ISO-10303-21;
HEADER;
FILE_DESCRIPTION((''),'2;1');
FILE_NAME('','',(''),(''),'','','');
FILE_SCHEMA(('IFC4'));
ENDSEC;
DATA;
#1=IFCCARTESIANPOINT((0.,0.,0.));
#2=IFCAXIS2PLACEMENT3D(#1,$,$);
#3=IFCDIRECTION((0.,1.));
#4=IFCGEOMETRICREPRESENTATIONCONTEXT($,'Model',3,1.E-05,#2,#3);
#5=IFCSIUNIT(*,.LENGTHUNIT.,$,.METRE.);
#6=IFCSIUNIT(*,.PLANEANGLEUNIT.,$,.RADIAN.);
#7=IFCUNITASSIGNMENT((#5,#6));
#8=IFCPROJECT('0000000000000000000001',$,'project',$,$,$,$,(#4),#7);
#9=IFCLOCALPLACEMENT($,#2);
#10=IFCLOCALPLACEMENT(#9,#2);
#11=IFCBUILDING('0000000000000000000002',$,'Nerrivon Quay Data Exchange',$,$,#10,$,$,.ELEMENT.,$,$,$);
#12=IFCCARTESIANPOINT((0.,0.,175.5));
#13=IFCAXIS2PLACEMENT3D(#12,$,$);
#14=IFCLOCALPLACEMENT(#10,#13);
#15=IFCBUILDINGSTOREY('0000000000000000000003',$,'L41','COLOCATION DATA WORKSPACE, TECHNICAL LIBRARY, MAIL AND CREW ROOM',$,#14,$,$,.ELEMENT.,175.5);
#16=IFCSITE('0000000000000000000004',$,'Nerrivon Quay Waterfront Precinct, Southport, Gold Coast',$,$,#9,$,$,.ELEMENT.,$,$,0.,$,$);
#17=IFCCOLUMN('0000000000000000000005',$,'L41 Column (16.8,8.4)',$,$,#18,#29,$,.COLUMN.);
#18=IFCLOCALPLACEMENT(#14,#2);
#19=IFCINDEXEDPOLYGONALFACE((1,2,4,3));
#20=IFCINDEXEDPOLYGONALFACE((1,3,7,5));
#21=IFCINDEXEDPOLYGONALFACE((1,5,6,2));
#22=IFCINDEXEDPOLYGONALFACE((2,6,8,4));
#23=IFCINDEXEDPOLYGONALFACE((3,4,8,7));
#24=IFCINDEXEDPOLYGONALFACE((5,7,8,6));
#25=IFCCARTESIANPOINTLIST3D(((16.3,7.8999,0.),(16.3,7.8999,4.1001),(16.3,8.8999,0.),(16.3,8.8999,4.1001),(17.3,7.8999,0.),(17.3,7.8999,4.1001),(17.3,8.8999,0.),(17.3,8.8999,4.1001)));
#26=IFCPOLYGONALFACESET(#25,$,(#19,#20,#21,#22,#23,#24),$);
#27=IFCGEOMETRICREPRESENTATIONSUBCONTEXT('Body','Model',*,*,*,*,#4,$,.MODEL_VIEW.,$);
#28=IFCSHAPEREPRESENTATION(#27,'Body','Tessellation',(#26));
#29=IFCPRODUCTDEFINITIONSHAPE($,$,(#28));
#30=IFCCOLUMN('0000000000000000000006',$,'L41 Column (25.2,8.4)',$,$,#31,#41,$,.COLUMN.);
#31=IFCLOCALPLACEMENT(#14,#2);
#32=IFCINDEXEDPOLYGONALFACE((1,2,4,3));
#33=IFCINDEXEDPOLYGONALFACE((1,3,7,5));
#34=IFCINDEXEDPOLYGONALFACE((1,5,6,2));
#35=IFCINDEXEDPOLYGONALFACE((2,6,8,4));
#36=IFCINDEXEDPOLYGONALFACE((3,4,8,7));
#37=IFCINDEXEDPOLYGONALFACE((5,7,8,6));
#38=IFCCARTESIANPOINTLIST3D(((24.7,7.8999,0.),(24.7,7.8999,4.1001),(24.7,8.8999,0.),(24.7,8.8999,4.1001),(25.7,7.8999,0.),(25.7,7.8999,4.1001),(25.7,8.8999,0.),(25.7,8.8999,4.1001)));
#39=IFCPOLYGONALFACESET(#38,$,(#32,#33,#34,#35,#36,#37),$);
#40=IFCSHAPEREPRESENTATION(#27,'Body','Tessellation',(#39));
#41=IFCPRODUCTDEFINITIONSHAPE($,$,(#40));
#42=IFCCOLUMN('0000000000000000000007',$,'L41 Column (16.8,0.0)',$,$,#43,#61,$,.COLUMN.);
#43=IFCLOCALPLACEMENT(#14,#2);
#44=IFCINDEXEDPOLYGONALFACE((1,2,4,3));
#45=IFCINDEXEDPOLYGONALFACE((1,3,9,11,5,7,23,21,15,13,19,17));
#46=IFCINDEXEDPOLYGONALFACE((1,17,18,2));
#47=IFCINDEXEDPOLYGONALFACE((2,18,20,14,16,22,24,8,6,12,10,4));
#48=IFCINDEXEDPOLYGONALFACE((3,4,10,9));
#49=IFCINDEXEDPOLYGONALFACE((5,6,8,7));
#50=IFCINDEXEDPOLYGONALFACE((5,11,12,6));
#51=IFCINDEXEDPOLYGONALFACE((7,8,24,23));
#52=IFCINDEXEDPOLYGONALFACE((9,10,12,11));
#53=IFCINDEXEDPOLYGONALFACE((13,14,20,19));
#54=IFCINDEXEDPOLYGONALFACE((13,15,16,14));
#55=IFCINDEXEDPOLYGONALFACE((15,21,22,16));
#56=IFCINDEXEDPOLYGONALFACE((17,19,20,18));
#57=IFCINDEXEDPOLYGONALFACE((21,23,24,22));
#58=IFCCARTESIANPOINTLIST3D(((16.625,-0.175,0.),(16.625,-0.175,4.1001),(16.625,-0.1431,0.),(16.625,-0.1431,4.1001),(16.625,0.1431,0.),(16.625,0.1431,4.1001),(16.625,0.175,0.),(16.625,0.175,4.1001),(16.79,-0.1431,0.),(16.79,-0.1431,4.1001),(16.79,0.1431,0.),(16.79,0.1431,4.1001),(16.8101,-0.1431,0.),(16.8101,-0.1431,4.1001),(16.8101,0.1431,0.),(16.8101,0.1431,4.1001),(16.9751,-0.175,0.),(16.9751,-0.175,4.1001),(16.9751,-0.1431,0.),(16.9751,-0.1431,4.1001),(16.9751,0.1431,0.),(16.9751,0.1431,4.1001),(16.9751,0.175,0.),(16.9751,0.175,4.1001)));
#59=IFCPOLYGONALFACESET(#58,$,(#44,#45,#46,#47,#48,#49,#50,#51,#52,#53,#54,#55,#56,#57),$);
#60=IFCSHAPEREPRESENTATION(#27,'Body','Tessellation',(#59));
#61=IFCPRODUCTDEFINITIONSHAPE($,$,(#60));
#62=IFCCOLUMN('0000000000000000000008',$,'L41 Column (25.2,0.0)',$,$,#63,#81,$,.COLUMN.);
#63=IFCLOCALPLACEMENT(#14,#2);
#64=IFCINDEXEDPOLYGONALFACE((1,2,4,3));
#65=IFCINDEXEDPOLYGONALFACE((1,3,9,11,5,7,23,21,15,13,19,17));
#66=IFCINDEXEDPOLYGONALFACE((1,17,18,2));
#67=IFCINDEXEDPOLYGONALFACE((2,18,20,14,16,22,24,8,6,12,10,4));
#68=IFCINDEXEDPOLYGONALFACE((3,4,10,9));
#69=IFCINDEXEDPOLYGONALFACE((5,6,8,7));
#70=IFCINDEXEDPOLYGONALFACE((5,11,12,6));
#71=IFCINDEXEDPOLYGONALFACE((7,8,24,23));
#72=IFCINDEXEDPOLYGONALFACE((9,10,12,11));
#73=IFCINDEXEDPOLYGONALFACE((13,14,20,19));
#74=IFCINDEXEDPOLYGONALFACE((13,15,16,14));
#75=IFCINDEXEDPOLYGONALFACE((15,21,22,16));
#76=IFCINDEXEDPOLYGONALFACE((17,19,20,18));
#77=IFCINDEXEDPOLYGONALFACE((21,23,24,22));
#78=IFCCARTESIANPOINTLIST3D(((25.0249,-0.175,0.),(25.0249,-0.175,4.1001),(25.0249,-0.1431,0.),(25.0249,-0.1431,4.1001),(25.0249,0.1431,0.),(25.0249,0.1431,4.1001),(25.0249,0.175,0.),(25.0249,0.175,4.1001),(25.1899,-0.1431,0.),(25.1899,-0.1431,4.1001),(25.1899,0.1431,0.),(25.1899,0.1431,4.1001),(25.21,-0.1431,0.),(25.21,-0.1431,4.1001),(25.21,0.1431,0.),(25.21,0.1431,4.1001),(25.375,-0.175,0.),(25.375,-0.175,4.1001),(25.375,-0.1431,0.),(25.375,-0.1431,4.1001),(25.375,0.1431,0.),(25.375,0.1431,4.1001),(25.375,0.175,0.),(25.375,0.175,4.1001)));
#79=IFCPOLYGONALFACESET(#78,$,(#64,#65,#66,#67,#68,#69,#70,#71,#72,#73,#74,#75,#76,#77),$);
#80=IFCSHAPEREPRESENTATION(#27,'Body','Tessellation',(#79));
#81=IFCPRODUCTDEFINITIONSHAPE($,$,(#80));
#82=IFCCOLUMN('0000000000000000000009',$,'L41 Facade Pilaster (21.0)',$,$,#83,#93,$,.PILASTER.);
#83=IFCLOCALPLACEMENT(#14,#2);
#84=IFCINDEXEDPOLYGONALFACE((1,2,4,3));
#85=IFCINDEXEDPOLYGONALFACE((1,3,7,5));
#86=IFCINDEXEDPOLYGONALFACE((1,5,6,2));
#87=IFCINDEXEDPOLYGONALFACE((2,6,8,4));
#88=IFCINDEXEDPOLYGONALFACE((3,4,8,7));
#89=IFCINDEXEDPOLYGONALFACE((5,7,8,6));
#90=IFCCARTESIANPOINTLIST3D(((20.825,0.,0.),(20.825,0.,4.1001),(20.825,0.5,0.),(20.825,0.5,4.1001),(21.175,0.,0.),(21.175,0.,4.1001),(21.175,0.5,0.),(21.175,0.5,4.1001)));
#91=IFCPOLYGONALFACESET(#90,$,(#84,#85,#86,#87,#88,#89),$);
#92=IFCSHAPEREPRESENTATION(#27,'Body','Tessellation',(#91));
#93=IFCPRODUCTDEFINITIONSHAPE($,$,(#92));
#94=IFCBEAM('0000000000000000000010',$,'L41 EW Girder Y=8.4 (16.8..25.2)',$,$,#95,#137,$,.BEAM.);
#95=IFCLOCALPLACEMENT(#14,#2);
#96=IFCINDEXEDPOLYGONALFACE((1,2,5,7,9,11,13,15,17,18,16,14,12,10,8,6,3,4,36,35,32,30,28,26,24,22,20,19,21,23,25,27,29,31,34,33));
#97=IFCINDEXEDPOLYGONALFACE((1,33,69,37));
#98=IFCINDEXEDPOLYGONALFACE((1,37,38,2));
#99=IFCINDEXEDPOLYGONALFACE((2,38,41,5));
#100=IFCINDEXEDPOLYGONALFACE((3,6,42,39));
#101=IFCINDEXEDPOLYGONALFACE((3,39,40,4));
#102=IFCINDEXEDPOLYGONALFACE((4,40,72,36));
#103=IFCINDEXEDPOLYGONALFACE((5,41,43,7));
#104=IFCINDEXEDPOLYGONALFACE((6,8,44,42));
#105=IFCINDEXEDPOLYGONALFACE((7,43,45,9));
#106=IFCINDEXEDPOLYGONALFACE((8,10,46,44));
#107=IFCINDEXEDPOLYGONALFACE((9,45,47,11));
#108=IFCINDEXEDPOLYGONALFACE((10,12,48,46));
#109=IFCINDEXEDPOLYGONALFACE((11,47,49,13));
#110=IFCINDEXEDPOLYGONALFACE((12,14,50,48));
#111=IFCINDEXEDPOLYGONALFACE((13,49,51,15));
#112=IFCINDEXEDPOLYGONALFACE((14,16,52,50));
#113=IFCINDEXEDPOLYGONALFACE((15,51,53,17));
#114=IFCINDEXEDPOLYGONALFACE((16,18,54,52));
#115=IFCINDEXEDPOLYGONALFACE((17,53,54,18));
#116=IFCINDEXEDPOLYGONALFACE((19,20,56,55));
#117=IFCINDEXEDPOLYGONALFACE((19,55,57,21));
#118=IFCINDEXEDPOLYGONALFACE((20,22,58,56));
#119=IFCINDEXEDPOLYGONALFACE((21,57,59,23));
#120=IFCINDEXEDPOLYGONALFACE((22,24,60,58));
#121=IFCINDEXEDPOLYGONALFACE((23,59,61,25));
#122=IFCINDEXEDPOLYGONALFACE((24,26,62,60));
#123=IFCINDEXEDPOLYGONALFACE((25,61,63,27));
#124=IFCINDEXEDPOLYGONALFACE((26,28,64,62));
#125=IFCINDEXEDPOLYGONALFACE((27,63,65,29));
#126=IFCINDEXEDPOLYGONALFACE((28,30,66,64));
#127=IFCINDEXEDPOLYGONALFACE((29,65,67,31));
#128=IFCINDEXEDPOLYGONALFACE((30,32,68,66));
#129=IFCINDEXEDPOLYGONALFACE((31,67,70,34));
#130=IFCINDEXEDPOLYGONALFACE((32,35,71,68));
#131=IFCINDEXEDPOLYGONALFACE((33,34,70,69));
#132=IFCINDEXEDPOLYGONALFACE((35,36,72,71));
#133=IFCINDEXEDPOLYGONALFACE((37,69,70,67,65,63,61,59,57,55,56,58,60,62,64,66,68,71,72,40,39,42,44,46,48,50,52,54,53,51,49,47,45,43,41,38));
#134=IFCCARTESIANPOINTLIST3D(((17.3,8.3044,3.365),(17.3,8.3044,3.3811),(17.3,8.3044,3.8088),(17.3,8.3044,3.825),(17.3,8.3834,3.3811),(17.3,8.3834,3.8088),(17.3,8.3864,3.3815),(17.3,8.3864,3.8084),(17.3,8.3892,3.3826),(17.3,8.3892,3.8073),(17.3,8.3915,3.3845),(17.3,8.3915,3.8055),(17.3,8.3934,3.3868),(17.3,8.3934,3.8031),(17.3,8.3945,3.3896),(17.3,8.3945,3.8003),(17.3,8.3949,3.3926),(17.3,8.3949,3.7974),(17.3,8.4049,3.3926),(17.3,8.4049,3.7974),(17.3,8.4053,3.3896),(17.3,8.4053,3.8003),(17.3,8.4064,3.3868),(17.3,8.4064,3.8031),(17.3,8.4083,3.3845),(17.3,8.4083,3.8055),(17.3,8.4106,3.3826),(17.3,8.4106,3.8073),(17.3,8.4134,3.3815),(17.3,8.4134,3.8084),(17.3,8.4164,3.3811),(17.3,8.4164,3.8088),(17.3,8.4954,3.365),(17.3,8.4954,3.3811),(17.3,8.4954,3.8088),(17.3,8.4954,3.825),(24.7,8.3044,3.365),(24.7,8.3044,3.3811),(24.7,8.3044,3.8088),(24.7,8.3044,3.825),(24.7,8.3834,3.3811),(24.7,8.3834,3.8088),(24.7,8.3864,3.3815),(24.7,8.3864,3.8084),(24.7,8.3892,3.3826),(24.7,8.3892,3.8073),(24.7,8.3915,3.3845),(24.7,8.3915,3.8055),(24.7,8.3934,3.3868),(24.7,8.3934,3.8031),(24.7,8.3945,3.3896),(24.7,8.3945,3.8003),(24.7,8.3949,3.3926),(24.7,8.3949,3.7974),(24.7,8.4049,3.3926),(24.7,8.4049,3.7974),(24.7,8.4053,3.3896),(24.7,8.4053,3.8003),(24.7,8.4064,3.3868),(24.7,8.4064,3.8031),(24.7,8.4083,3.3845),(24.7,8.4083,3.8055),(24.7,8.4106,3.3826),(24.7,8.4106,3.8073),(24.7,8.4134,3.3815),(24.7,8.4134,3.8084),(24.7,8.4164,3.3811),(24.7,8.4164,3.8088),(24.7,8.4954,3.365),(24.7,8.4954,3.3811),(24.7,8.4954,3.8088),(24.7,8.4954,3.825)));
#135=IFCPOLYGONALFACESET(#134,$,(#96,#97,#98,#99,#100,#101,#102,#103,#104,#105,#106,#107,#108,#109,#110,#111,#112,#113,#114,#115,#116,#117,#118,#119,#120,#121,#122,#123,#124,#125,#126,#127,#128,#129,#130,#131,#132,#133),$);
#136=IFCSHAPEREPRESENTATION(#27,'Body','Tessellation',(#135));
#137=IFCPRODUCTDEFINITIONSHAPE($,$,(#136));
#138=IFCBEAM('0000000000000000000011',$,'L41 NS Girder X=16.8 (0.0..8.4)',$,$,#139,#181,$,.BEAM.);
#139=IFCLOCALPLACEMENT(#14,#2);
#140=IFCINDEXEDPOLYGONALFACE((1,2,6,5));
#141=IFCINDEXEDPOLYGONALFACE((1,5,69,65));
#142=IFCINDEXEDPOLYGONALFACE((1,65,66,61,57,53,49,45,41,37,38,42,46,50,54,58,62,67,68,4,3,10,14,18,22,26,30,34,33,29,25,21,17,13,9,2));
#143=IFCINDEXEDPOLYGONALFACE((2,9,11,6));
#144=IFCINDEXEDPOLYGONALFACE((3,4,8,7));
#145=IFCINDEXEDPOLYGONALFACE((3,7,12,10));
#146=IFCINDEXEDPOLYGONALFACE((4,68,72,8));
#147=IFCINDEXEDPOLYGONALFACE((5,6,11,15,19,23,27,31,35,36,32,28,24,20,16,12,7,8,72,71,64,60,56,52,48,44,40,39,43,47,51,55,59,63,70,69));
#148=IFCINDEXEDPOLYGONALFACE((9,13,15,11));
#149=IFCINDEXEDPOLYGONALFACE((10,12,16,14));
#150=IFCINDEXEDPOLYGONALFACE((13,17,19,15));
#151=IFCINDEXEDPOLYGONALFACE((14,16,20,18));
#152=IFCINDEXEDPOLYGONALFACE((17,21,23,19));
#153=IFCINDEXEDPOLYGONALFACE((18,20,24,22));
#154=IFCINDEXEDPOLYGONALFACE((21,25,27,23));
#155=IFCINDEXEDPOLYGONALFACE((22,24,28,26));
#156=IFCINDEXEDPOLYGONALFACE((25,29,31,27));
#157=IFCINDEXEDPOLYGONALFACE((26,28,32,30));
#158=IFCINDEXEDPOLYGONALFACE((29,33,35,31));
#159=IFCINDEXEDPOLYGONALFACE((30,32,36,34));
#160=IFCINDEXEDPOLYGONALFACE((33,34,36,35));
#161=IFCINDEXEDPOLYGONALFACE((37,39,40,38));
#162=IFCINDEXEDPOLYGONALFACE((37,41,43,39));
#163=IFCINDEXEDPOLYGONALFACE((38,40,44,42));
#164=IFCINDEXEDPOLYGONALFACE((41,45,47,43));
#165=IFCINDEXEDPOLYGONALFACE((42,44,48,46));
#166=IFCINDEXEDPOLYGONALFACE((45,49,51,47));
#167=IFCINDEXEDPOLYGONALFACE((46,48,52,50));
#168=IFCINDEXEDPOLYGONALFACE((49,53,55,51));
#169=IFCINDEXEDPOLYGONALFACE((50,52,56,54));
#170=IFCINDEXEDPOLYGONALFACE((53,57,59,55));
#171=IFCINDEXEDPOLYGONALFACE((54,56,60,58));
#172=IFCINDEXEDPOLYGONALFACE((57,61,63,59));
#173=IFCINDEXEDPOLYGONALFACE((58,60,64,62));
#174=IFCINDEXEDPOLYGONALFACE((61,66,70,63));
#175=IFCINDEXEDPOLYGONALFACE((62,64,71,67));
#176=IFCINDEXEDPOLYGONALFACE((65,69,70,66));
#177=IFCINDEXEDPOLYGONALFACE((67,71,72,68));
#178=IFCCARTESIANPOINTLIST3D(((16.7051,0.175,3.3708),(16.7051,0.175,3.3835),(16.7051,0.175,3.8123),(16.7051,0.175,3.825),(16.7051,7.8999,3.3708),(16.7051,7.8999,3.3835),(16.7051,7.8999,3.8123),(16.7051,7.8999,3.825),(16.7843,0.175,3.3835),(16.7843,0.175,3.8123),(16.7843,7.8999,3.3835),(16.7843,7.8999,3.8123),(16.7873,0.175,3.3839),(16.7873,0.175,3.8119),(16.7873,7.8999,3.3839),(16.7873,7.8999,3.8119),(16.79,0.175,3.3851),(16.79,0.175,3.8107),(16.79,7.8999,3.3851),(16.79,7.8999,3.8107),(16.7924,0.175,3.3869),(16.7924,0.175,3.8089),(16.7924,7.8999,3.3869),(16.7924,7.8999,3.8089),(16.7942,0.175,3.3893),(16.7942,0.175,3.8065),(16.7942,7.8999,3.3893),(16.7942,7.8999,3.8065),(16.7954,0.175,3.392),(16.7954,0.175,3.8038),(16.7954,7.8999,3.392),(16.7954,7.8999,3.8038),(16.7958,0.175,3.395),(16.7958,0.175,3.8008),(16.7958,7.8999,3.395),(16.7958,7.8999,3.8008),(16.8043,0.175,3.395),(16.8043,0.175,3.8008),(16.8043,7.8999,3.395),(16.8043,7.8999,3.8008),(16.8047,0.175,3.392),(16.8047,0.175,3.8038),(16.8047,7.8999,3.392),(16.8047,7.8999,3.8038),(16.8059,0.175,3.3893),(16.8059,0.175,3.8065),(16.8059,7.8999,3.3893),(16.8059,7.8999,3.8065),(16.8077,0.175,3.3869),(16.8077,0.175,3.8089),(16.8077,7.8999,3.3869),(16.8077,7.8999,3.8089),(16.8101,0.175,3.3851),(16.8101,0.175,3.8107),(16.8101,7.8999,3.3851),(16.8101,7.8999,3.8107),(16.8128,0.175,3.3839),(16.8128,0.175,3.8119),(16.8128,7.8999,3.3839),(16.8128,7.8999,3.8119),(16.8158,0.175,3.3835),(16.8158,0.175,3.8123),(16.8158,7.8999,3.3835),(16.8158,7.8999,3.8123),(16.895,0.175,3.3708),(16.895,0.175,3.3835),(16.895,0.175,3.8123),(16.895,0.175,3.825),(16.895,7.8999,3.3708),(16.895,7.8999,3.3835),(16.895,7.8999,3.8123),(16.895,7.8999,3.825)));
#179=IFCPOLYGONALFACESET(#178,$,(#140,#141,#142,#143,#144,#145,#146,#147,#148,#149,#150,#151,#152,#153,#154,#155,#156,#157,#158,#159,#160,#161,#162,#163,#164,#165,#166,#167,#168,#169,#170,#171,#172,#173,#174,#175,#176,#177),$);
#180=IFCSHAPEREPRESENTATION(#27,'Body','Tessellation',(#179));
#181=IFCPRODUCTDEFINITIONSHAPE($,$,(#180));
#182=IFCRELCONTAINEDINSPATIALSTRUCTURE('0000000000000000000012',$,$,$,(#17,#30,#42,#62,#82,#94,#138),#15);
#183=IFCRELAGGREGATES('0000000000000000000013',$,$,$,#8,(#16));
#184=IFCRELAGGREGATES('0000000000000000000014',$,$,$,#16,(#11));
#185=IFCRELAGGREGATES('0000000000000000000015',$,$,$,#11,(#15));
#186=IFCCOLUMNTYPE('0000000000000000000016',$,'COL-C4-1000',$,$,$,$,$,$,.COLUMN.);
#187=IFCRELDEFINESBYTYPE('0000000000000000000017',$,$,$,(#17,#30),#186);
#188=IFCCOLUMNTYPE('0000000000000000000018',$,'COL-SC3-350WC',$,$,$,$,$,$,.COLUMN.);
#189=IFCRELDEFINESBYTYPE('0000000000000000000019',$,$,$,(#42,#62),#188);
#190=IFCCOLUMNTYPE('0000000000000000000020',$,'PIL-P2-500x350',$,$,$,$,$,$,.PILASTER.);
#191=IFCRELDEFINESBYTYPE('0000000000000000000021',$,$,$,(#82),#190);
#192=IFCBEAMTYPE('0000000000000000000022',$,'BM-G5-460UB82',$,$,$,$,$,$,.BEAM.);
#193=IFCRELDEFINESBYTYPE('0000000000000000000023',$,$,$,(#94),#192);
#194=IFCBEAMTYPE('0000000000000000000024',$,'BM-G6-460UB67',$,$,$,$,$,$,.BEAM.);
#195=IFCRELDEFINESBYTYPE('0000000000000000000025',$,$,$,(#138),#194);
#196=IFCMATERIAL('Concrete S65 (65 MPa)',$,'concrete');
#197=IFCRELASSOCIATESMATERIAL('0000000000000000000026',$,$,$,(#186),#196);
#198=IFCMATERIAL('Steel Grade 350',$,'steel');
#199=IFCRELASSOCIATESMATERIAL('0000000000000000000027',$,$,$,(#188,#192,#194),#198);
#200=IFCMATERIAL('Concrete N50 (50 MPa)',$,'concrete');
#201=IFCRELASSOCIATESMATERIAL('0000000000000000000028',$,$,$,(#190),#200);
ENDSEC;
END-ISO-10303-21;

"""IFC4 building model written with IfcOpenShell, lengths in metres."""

from ifc_helpers import new_model, si_unit, direction, frame, origin, origin_2d, place, context, subcontext, project, spatial, rectangle, i_section, extrude, material, material_profile, profile_set, type_object, element, save


model = new_model("IFC4")

# Units and contexts
model_context = context("Model", 3, precision=1e-05, world=origin(), true_north=direction((0.0, 1.0)))
body_context = subcontext(model_context, "Body", "Model", "MODEL_VIEW")
ifc_project = project(units=[si_unit("LENGTHUNIT", "METRE"), si_unit("PLANEANGLEUNIT", "RADIAN")], contexts=[model_context])

# Site, building, storey
site_placement = place(None, origin())
site = spatial("IfcSite", under=ifc_project, at=site_placement, Name="Nerrivon Quay Waterfront Precinct, Southport, Gold Coast", CompositionType="ELEMENT", RefElevation=0.0)
building_placement = place(site_placement, origin())
building = spatial("IfcBuilding", under=site, at=building_placement, Name="Nerrivon Quay Data Exchange", CompositionType="ELEMENT")
storey_placement = place(building_placement, frame((0.0, 0.0, 175.5)))
storey = spatial("IfcBuildingStorey", under=building, at=storey_placement, Name="L41", Description="COLOCATION DATA WORKSPACE, TECHNICAL LIBRARY, MAIL AND CREW ROOM", CompositionType="ELEMENT", Elevation=175.5)

# Columns
ifc_material_1 = material(Name="Concrete S65 (65 MPa)", Category="concrete")
ifc_material_profile_1 = material_profile(ifc_material_1, rectangle(XDim=1.0, YDim=1.0, at=origin_2d()), Name="RC-COL-1000x1000")
ifc_profile_set_1 = profile_set([ifc_material_profile_1], Name="Concrete S65 (65 MPa)")
column_type_1 = type_object("IfcColumnType", Name="COL-C4-1000", PredefinedType="COLUMN", material=ifc_profile_set_1)
for number, where, z_axis, x_axis, name in (
    (1, (16.8, 8.3999, 0.0), (0.0, 0.0, 1.0), (1.0, 0.0, 0.0), "L41 Column (16.8,8.4)"),
    (2, (25.2, 8.3999, 0.0), (0.0, 0.0, 1.0), (1.0, 0.0, 0.0), "L41 Column (25.2,8.4)"),
):
    element("IfcColumn", number, at=place(storey_placement, frame(where, z_axis=z_axis, x_axis=x_axis)), inside=storey, type_object=column_type_1, Name=name, PredefinedType="COLUMN", context=body_context, shape_type="SweptSolid", body=[
        extrude(rectangle(XDim=1.0, YDim=1.0, at=origin_2d()), origin(), (0.0, 0.0, 1.0), 4.1001),
    ])
ifc_material_2 = material(Name="Steel Grade 350", Category="steel")
ifc_material_profile_2 = material_profile(ifc_material_2, i_section(OverallWidth=0.3501, OverallDepth=0.3501, WebThickness=0.02, FlangeThickness=0.032, at=origin_2d()), Name="350WC230")
ifc_profile_set_2 = profile_set([ifc_material_profile_2], Name="Steel Grade 350")
column_type_2 = type_object("IfcColumnType", Name="COL-SC3-350WC", PredefinedType="COLUMN", material=ifc_profile_set_2)
for number, where, z_axis, x_axis, name in (
    (3, (16.8, 0.0, 0.0), (0.0, 0.0, 1.0), (1.0, 0.0, 0.0), "L41 Column (16.8,0.0)"),
    (4, (25.2, 0.0, 0.0), (0.0, 0.0, 1.0), (1.0, 0.0, 0.0), "L41 Column (25.2,0.0)"),
):
    element("IfcColumn", number, at=place(storey_placement, frame(where, z_axis=z_axis, x_axis=x_axis)), inside=storey, type_object=column_type_2, Name=name, PredefinedType="COLUMN", context=body_context, shape_type="SweptSolid", body=[
        extrude(i_section(OverallWidth=0.3501, OverallDepth=0.3501, WebThickness=0.02, FlangeThickness=0.032, at=origin_2d()), origin(), (0.0, 0.0, 1.0), 4.1001),
    ])
ifc_material_3 = material(Name="Concrete N50 (50 MPa)", Category="concrete")
ifc_material_profile_3 = material_profile(ifc_material_3, rectangle(XDim=0.3501, YDim=0.5, at=origin_2d()), Name="RC-PIL-500x350")
ifc_profile_set_3 = profile_set([ifc_material_profile_3], Name="Concrete N50 (50 MPa)")
column_type_3 = type_object("IfcColumnType", Name="PIL-P2-500x350", PredefinedType="PILASTER", material=ifc_profile_set_3)
column_placement = place(storey_placement, frame((21.0, 0.25, 0.0), z_axis=(0.0, 0.0, 1.0), x_axis=(1.0, 0.0, 0.0)))
element("IfcColumn", 5, at=column_placement, inside=storey, type_object=column_type_3, Name="L41 Facade Pilaster (21.0)", PredefinedType="PILASTER", context=body_context, shape_type="SweptSolid", body=[
    extrude(rectangle(XDim=0.3501, YDim=0.5, at=origin_2d()), origin(), (0.0, 0.0, 1.0), 4.1001),
])

# Beams
ifc_material_profile_4 = material_profile(ifc_material_2, i_section(OverallWidth=0.1909, OverallDepth=0.46, WebThickness=0.01, FlangeThickness=0.0161, FilletRadius=0.0115, at=origin_2d()), Name="460UB82.1")
ifc_profile_set_4 = profile_set([ifc_material_profile_4], Name="Steel Grade 350")
beam_type_1 = type_object("IfcBeamType", Name="BM-G5-460UB82", PredefinedType="BEAM", material=ifc_profile_set_4)
beam_1_placement = place(storey_placement, frame((17.3, 8.3999, 3.595), z_axis=(1.0, 0.0, 0.0), x_axis=(0.0, 1.0, 0.0)))
element("IfcBeam", 6, at=beam_1_placement, inside=storey, type_object=beam_type_1, Name="L41 EW Girder Y=8.4 (16.8..25.2)", PredefinedType="BEAM", context=body_context, shape_type="SweptSolid", body=[
    extrude(i_section(OverallWidth=0.1909, OverallDepth=0.46, WebThickness=0.01, FlangeThickness=0.0161, FilletRadius=0.0115, at=origin_2d()), origin(), (0.0, 0.0, 1.0), 7.3999),
])
ifc_material_profile_5 = material_profile(ifc_material_2, i_section(OverallWidth=0.1899, OverallDepth=0.4541, WebThickness=0.0085, FlangeThickness=0.0127, FilletRadius=0.0115, at=origin_2d()), Name="460UB67.1")
ifc_profile_set_5 = profile_set([ifc_material_profile_5], Name="Steel Grade 350")
beam_type_2 = type_object("IfcBeamType", Name="BM-G6-460UB67", PredefinedType="BEAM", material=ifc_profile_set_5)
for number, where, z_axis, x_axis, name in (
    (7, (16.8, 0.175, 3.5979), (0.0, 1.0, 0.0), (-1.0, 0.0, 0.0), "L41 NS Girder X=16.8 (0.0..8.4)"),
):
    element("IfcBeam", number, at=place(storey_placement, frame(where, z_axis=z_axis, x_axis=x_axis)), inside=storey, type_object=beam_type_2, Name=name, PredefinedType="BEAM", context=body_context, shape_type="SweptSolid", body=[
        extrude(i_section(OverallWidth=0.1899, OverallDepth=0.4541, WebThickness=0.0085, FlangeThickness=0.0127, FilletRadius=0.0115, at=origin_2d()), origin(), (0.0, 0.0, 1.0), 7.7249),
    ])

save(model, "model.ifc")
